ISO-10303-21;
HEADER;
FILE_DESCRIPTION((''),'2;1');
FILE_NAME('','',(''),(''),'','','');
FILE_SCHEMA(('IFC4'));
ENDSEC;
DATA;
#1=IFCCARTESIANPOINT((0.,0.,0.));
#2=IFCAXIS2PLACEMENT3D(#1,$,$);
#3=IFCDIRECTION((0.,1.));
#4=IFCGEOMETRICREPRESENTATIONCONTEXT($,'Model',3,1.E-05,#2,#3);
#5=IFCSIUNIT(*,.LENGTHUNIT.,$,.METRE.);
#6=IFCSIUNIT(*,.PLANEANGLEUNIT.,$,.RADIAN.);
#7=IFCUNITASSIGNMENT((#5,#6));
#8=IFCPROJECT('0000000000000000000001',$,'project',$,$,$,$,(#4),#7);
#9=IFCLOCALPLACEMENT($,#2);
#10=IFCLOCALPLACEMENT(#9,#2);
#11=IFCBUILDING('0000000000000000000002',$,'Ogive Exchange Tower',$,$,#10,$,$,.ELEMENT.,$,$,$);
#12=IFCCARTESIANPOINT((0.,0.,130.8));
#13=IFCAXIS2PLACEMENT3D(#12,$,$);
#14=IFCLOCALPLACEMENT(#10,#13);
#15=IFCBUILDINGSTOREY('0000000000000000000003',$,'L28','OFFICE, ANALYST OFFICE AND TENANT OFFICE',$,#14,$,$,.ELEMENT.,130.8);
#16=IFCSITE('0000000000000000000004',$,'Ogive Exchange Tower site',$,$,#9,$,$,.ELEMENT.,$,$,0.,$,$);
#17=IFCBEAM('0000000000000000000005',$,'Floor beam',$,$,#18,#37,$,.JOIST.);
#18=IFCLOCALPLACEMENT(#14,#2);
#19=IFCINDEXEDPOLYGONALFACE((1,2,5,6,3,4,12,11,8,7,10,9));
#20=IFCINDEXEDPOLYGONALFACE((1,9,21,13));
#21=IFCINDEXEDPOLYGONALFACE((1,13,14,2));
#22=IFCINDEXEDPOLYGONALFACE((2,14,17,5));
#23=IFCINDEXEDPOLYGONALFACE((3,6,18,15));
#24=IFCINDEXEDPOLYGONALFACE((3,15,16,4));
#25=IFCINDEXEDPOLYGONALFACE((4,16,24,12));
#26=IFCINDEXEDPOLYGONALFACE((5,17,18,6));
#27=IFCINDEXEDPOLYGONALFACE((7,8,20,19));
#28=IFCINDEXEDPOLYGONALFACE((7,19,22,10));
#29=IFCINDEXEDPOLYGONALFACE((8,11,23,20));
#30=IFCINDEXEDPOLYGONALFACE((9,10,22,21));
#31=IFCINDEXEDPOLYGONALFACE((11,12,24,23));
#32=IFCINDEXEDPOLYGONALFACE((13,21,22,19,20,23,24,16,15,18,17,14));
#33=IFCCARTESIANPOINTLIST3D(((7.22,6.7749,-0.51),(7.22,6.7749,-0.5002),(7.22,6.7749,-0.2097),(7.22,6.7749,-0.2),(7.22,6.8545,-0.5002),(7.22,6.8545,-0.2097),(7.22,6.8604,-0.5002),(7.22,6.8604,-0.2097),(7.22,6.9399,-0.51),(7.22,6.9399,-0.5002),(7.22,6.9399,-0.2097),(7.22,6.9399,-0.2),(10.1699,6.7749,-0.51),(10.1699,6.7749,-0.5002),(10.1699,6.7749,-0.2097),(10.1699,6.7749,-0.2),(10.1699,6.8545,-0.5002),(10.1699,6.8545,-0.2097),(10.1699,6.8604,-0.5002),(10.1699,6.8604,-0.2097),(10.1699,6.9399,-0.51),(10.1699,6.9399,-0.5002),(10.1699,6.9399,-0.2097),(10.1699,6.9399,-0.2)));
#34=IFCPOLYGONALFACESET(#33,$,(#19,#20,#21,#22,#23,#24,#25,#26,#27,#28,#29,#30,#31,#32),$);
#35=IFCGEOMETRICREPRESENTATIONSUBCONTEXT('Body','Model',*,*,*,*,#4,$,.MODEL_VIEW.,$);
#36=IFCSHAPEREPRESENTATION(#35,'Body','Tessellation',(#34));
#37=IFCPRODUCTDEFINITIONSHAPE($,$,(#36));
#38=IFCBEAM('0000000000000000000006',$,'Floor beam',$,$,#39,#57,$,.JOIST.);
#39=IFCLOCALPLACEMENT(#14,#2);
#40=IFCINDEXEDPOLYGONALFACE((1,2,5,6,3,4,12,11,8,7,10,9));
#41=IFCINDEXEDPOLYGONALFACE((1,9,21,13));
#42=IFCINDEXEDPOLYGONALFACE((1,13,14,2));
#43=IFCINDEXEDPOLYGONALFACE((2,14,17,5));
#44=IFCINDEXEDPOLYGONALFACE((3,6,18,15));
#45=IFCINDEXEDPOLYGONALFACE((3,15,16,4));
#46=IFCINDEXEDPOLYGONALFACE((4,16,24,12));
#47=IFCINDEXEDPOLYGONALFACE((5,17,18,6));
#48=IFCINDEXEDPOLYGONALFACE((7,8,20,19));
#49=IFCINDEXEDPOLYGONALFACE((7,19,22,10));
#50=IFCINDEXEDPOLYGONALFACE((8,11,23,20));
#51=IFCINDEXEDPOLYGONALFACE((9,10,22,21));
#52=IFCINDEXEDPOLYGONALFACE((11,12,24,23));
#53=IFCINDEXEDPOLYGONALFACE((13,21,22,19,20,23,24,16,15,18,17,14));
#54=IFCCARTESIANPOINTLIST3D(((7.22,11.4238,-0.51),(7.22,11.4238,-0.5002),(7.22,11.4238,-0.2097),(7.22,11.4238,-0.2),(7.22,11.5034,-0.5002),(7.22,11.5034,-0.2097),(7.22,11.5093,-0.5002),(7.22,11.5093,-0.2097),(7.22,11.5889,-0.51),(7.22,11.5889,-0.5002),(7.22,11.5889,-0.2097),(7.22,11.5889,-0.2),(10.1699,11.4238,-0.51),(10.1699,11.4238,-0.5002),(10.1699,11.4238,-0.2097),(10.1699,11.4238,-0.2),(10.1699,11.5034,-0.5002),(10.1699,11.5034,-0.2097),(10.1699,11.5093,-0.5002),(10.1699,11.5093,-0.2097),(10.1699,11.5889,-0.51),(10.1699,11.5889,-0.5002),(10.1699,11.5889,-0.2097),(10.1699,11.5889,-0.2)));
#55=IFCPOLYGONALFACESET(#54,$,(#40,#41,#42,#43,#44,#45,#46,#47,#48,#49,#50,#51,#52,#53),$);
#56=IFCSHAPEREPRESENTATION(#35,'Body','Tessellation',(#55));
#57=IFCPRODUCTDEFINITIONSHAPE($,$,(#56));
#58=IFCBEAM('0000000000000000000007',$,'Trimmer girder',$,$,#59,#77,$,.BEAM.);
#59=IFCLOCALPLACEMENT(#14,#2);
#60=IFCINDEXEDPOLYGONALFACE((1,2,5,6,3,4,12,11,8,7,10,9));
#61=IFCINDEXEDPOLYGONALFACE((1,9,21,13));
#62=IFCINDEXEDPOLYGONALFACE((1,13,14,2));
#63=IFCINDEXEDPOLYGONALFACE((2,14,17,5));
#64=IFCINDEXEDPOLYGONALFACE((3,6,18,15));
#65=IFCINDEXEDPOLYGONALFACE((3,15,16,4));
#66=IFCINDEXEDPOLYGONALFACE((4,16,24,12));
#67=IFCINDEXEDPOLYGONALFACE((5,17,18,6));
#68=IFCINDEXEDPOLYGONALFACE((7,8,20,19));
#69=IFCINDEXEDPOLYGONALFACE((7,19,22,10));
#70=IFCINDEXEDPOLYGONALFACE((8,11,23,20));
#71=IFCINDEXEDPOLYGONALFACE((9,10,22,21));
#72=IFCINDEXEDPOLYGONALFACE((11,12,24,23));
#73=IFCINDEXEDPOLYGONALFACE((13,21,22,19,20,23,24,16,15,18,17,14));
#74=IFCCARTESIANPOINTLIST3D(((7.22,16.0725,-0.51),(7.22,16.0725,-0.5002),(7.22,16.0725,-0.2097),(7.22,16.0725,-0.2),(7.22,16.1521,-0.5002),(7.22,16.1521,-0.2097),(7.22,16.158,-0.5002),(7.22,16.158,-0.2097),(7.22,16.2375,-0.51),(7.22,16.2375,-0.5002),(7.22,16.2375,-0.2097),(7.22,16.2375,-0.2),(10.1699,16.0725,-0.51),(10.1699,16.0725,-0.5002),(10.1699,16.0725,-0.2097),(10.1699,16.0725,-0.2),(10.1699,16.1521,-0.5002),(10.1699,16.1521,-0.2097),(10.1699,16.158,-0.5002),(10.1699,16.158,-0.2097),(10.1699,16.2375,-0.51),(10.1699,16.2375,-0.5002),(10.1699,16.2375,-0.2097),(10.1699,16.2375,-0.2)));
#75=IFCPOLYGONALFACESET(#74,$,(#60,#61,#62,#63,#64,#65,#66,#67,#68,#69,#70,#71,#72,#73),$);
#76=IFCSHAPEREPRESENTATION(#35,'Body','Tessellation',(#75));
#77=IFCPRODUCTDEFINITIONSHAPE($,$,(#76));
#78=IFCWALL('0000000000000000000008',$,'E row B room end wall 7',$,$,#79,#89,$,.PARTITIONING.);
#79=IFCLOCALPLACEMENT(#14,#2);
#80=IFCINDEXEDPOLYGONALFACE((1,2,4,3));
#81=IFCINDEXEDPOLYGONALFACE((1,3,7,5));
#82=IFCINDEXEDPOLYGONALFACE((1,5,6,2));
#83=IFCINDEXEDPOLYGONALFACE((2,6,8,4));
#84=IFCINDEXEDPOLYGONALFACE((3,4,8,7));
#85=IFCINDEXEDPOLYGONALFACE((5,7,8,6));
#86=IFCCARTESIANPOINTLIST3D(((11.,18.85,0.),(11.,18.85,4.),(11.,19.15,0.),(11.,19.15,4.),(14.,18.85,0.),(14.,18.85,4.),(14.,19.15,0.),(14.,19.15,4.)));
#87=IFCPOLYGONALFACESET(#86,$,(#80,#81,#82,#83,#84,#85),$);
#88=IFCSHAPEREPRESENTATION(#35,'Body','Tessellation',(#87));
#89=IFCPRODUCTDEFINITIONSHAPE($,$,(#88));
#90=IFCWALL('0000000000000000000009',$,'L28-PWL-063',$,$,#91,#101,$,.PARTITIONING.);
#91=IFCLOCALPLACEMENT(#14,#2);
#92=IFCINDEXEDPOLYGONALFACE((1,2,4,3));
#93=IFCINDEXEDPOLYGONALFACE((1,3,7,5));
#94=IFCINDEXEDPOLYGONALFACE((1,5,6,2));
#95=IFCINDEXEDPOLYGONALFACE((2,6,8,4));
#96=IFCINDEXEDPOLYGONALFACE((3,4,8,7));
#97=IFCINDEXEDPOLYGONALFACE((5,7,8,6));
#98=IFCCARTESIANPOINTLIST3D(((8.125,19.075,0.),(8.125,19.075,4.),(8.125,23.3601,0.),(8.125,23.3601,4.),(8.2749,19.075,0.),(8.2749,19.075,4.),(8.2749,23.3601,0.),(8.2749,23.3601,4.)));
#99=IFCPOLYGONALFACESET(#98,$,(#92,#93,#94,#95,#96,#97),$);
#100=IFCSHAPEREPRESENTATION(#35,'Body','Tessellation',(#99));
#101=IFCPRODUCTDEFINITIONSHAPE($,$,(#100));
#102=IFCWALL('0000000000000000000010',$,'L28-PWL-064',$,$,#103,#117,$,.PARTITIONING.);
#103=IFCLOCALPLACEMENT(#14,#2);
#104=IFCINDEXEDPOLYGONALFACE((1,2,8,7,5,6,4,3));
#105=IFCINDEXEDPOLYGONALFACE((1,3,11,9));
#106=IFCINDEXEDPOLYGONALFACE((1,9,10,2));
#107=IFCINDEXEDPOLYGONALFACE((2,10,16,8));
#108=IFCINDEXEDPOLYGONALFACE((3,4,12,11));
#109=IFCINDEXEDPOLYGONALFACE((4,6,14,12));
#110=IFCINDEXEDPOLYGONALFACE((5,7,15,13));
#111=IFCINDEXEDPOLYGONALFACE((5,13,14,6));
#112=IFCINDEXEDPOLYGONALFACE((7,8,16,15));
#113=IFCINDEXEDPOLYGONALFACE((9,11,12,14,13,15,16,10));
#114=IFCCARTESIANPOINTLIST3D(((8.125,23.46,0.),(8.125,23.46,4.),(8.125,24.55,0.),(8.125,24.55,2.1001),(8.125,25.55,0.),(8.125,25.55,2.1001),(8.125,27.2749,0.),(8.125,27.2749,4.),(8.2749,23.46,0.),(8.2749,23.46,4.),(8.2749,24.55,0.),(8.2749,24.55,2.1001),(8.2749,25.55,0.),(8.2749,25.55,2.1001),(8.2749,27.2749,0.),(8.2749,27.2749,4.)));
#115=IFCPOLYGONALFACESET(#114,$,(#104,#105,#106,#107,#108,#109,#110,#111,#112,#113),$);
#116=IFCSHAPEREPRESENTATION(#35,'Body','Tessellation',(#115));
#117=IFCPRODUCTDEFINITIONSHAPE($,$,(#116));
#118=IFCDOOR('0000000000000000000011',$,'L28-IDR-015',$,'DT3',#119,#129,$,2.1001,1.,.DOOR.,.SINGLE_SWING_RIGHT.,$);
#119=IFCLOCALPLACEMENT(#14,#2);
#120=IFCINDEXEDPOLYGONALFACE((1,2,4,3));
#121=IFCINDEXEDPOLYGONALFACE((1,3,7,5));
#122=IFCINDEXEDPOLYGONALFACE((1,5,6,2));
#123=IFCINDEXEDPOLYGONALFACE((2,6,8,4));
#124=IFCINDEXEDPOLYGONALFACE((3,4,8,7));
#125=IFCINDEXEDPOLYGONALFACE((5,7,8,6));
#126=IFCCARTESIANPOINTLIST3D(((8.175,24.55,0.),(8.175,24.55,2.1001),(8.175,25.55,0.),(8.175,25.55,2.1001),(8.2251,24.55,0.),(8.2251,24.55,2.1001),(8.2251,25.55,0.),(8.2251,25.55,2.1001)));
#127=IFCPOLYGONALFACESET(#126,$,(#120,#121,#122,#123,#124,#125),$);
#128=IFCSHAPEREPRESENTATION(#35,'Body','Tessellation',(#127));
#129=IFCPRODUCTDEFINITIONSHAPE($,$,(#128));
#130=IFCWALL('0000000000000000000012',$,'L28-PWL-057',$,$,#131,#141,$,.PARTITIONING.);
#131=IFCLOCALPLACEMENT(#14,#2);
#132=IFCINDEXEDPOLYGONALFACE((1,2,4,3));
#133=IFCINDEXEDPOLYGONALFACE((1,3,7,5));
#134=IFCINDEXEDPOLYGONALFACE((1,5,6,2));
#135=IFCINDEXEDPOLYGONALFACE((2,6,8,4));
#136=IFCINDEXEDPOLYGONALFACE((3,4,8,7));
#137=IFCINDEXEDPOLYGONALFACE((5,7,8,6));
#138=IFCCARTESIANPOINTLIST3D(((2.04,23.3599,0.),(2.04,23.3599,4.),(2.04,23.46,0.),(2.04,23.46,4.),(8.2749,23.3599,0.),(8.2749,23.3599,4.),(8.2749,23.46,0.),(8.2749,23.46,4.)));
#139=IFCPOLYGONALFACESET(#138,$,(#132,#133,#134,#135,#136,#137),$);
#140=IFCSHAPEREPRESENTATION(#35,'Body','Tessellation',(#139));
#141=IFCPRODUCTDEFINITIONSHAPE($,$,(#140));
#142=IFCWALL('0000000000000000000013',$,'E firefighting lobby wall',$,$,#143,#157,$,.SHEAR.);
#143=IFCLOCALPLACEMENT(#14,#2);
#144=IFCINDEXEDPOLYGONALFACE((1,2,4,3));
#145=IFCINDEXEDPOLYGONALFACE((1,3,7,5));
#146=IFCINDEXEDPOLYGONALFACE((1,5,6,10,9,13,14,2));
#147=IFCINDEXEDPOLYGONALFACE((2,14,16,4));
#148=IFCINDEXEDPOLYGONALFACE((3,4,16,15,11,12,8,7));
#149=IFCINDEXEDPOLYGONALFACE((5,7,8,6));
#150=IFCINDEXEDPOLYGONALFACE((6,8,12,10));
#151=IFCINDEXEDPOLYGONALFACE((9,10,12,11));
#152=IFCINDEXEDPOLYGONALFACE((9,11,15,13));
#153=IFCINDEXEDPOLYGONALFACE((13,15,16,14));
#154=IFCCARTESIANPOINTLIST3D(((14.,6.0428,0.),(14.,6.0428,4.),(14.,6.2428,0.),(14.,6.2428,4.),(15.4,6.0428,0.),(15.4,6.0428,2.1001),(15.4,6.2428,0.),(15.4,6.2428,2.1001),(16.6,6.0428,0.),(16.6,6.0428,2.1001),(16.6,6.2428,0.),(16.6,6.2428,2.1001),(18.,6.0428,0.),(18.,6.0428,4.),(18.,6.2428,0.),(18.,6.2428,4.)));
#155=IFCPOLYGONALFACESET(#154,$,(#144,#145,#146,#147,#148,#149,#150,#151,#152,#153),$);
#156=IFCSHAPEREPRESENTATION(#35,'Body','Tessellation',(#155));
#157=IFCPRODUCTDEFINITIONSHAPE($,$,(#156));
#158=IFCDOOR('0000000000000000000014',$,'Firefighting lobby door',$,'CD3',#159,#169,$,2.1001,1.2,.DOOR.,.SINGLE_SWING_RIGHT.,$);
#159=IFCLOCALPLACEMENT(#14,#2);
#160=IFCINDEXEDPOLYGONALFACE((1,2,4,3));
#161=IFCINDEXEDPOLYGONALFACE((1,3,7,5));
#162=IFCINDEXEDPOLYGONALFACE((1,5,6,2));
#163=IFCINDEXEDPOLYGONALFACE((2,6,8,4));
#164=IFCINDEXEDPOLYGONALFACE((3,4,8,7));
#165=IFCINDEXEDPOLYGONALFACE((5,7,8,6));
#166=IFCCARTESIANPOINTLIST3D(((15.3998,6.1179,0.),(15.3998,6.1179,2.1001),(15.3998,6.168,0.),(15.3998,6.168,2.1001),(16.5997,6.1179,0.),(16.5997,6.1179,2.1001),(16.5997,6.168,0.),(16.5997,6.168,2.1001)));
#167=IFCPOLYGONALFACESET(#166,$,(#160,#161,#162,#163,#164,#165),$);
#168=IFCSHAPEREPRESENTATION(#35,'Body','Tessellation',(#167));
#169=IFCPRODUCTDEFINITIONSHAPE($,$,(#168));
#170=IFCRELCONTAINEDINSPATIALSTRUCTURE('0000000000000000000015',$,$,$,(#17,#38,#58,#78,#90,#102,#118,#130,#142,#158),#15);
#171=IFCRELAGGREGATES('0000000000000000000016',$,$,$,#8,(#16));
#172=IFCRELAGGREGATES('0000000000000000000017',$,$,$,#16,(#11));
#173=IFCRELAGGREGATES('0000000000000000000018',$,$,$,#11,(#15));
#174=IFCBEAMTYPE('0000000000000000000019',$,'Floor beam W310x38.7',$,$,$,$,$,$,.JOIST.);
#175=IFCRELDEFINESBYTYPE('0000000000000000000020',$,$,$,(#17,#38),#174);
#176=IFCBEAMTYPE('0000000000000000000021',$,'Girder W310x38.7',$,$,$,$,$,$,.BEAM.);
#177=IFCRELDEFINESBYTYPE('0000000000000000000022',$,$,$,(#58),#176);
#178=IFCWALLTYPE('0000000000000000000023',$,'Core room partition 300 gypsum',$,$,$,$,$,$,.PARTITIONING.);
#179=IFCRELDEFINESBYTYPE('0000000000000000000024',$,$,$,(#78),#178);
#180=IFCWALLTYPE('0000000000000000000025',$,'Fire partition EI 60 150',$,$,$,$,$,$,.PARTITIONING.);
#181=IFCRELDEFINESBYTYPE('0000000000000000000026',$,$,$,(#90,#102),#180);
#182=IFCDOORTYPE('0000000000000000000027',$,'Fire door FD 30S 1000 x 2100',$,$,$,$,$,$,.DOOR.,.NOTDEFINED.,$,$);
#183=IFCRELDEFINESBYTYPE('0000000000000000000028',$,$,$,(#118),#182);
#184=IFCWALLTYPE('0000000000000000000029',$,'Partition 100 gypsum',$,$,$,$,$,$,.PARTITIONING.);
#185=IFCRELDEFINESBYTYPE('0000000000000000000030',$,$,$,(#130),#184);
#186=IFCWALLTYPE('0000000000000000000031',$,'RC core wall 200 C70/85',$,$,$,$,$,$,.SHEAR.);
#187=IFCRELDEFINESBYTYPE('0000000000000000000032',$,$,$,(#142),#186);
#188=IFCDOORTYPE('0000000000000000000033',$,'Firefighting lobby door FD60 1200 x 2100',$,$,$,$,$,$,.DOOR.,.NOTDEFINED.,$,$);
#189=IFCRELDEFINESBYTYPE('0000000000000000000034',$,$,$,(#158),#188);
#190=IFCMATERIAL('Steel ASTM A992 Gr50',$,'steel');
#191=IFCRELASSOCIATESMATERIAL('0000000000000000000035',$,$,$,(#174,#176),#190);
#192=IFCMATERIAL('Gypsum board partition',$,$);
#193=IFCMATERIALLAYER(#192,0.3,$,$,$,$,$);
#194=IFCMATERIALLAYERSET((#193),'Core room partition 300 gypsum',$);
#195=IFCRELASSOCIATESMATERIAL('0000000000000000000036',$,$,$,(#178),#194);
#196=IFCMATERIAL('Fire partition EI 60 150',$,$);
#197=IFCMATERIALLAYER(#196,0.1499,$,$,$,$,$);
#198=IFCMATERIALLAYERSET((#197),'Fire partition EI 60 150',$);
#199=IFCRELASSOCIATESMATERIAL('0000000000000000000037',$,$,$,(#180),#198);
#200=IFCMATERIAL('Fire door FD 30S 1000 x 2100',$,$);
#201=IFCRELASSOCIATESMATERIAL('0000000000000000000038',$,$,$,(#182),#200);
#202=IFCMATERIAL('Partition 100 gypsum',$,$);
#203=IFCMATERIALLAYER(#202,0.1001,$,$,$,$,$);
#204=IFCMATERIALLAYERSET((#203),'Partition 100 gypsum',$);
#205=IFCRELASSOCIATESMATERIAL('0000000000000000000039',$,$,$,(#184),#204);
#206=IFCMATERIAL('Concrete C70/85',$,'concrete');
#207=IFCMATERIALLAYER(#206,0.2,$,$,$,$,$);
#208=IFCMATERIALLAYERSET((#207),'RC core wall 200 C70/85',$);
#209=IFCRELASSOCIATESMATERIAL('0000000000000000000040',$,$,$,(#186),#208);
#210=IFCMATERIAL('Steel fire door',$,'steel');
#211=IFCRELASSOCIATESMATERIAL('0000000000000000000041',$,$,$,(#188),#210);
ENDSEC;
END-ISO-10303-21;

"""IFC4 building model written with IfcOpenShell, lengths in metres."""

from ifc_helpers import new_model, si_unit, direction, frame, frame_2d, origin, origin_2d, place, context, subcontext, project, spatial, rectangle, i_section, extrude, material, layer, layer_set, material_profile, profile_set, type_object, element, fill, save


model = new_model("IFC4")

# Units and contexts
model_context = context("Model", 3, precision=1e-05, world=origin(), true_north=direction((0.0, 1.0)))
body_context = subcontext(model_context, "Body", "Model", "MODEL_VIEW")
ifc_project = project(units=[si_unit("LENGTHUNIT", "METRE"), si_unit("PLANEANGLEUNIT", "RADIAN")], contexts=[model_context])

# Site, building, storey
site_placement = place(None, origin())
site = spatial("IfcSite", under=ifc_project, at=site_placement, Name="Ogive Exchange Tower site", CompositionType="ELEMENT", RefElevation=0.0)
building_placement = place(site_placement, origin())
building = spatial("IfcBuilding", under=site, at=building_placement, Name="Ogive Exchange Tower", CompositionType="ELEMENT")
storey_placement = place(building_placement, frame((0.0, 0.0, 130.8)))
storey = spatial("IfcBuildingStorey", under=building, at=storey_placement, Name="L28", Description="OFFICE, ANALYST OFFICE AND TENANT OFFICE", CompositionType="ELEMENT", Elevation=130.8)

# Beams
ifc_material_1 = material(Name="Steel ASTM A992 Gr50", Category="steel")
ifc_material_profile_1 = material_profile(ifc_material_1, i_section(OverallWidth=0.165, OverallDepth=0.3101, WebThickness=0.0059, FlangeThickness=0.0098, at=origin_2d()), Name="W310x38.7")
ifc_profile_set_1 = profile_set([ifc_material_profile_1], Name="Steel ASTM A992 Gr50")
beam_type_1 = type_object("IfcBeamType", Name="Floor beam W310x38.7", PredefinedType="JOIST", material=ifc_profile_set_1)
for number, where, z_axis, x_axis, name in (
    (1, (7.22, 6.8574, -0.355), (1.0, 0.0, 0.0), (0.0, 1.0, 0.0), "Floor beam"),
    (2, (7.22, 11.5063, -0.355), (1.0, 0.0, 0.0), (0.0, 1.0, 0.0), "Floor beam"),
):
    element("IfcBeam", number, at=place(storey_placement, frame(where, z_axis=z_axis, x_axis=x_axis)), inside=storey, type_object=beam_type_1, Name=name, PredefinedType="JOIST", context=body_context, shape_type="SweptSolid", body=[
        extrude(i_section(OverallWidth=0.165, OverallDepth=0.3101, WebThickness=0.0059, FlangeThickness=0.0098, at=origin_2d()), origin(), (0.0, 0.0, 1.0), 2.95),
    ])
ifc_material_profile_2 = material_profile(ifc_material_1, i_section(OverallWidth=0.165, OverallDepth=0.3101, WebThickness=0.0059, FlangeThickness=0.0098, at=origin_2d()), Name="W310x38.7")
ifc_profile_set_2 = profile_set([ifc_material_profile_2], Name="Steel ASTM A992 Gr50")
beam_type_2 = type_object("IfcBeamType", Name="Girder W310x38.7", PredefinedType="BEAM", material=ifc_profile_set_2)
beam_placement = place(storey_placement, frame((7.22, 16.155, -0.355), z_axis=(1.0, 0.0, 0.0), x_axis=(0.0, 1.0, 0.0)))
element("IfcBeam", 3, at=beam_placement, inside=storey, type_object=beam_type_2, Name="Trimmer girder", PredefinedType="BEAM", context=body_context, shape_type="SweptSolid", body=[
    extrude(i_section(OverallWidth=0.165, OverallDepth=0.3101, WebThickness=0.0059, FlangeThickness=0.0098, at=origin_2d()), origin(), (0.0, 0.0, 1.0), 2.95),
])

# Walls
ifc_material_2 = material(Name="Gypsum board partition")
ifc_layer_1 = layer(ifc_material_2, 0.3)
ifc_layer_set_1 = layer_set([ifc_layer_1], Name="Core room partition 300 gypsum")
wall_type_1 = type_object("IfcWallType", Name="Core room partition 300 gypsum", PredefinedType="PARTITIONING", material=ifc_layer_set_1)
wall_1_placement = place(storey_placement, frame((11.0, 19.0, 0.0), z_axis=(0.0, 0.0, 1.0), x_axis=(1.0, 0.0, 0.0)))
element("IfcWall", 4, at=wall_1_placement, inside=storey, type_object=wall_type_1, Name="E row B room end wall 7", PredefinedType="PARTITIONING", context=body_context, shape_type="SweptSolid", body=[
    extrude(rectangle(XDim=3.0, YDim=0.3, at=frame_2d((1.5, 0.0))), origin(), (0.0, 0.0, 1.0), 4.0),
])
ifc_material_3 = material(Name="Fire partition EI 60 150")
ifc_layer_2 = layer(ifc_material_3, 0.1499)
ifc_layer_set_2 = layer_set([ifc_layer_2], Name="Fire partition EI 60 150")
wall_type_2 = type_object("IfcWallType", Name="Fire partition EI 60 150", PredefinedType="PARTITIONING", material=ifc_layer_set_2)
wall_2_placement = place(storey_placement, frame((8.2, 19.075, 0.0), z_axis=(0.0, 0.0, 1.0), x_axis=(0.0, 1.0, 0.0)))
element("IfcWall", 5, at=wall_2_placement, inside=storey, type_object=wall_type_2, Name="L28-PWL-063", PredefinedType="PARTITIONING", context=body_context, shape_type="SweptSolid", body=[
    extrude(rectangle(XDim=4.2852, YDim=0.1499, at=frame_2d((2.1426, 0.0))), origin(), (0.0, 0.0, 1.0), 4.0),
])

# Wall, opening, door
wall_3_placement = place(storey_placement, frame((8.2, 23.46, 0.0), z_axis=(0.0, 0.0, 1.0), x_axis=(0.0, 1.0, 0.0)))
wall_3 = element("IfcWall", 6, at=wall_3_placement, inside=storey, type_object=wall_type_2, Name="L28-PWL-064", PredefinedType="PARTITIONING", context=body_context, shape_type="SweptSolid", body=[
    extrude(rectangle(XDim=3.8149, YDim=0.1499, at=frame_2d((1.9075, 0.0))), origin(), (0.0, 0.0, 1.0), 4.0),
])
opening_1_placement = place(wall_3_placement, frame((1.0901, 0.0, 0.0)))
opening_1 = element("IfcOpeningElement", 7, at=opening_1_placement, cuts=wall_3, PredefinedType="OPENING", context=body_context, shape_type="SweptSolid", body=[
    extrude(rectangle(XDim=1.0, YDim=2.1001, at=frame_2d((0.5, 1.05))), frame((0.0, 0.085, 0.0), z_axis=(0.0, -1.0, 0.0), x_axis=(1.0, 0.0, 0.0)), (0.0, 0.0, 1.0), 0.1699),
])
ifc_material_4 = material(Name="Fire door FD 30S 1000 x 2100")
door_type_1 = type_object("IfcDoorType", Name="Fire door FD 30S 1000 x 2100", OperationType="NOTDEFINED", PredefinedType="DOOR", material=ifc_material_4)
door_1_placement = place(opening_1_placement, origin())
door_1 = element("IfcDoor", 8, at=door_1_placement, inside=storey, type_object=door_type_1, Name="L28-IDR-015", ObjectType="DT3", OperationType="SINGLE_SWING_RIGHT", OverallHeight=2.1001, OverallWidth=1.0, PredefinedType="DOOR", context=body_context, shape_type="SweptSolid", body=[
    extrude(rectangle(XDim=1.0, YDim=2.1001, at=frame_2d((0.5, 1.05))), frame((0.0, 0.0249, 0.0), z_axis=(0.0, -1.0, 0.0), x_axis=(1.0, 0.0, 0.0)), (0.0, 0.0, 1.0), 0.05),
])
fill(opening_1, door_1)

# Wall
ifc_material_5 = material(Name="Partition 100 gypsum")
ifc_layer_3 = layer(ifc_material_5, 0.1001)
ifc_layer_set_3 = layer_set([ifc_layer_3], Name="Partition 100 gypsum")
wall_type_3 = type_object("IfcWallType", Name="Partition 100 gypsum", PredefinedType="PARTITIONING", material=ifc_layer_set_3)
wall_4_placement = place(storey_placement, frame((2.04, 23.4099, 0.0), z_axis=(0.0, 0.0, 1.0), x_axis=(1.0, 0.0, 0.0)))
element("IfcWall", 9, at=wall_4_placement, inside=storey, type_object=wall_type_3, Name="L28-PWL-057", PredefinedType="PARTITIONING", context=body_context, shape_type="SweptSolid", body=[
    extrude(rectangle(XDim=6.2349, YDim=0.1001, at=frame_2d((3.1174, 0.0))), origin(), (0.0, 0.0, 1.0), 4.0),
])

# Wall, opening, door
ifc_material_6 = material(Name="Concrete C70/85", Category="concrete")
ifc_layer_4 = layer(ifc_material_6, 0.2)
ifc_layer_set_4 = layer_set([ifc_layer_4], Name="RC core wall 200 C70/85")
wall_type_4 = type_object("IfcWallType", Name="RC core wall 200 C70/85", PredefinedType="SHEAR", material=ifc_layer_set_4)
wall_5_placement = place(storey_placement, frame((14.0, 6.1428, 0.0), z_axis=(0.0, 0.0, 1.0), x_axis=(1.0, 0.0, 0.0)))
wall_5 = element("IfcWall", 10, at=wall_5_placement, inside=storey, type_object=wall_type_4, Name="E firefighting lobby wall", PredefinedType="SHEAR", context=body_context, shape_type="SweptSolid", body=[
    extrude(rectangle(XDim=4.0, YDim=0.2, at=frame_2d((2.0, 0.0))), origin(), (0.0, 0.0, 1.0), 4.0),
])
opening_2_placement = place(wall_5_placement, frame((1.3999, 0.0, 0.0)))
opening_2 = element("IfcOpeningElement", 11, at=opening_2_placement, cuts=wall_5, PredefinedType="OPENING", context=body_context, shape_type="SweptSolid", body=[
    extrude(rectangle(XDim=1.2, YDim=2.1001, at=frame_2d((0.6001, 1.05))), frame((0.0, 0.1099, 0.0), z_axis=(0.0, -1.0, 0.0), x_axis=(1.0, 0.0, 0.0)), (0.0, 0.0, 1.0), 0.22),
])
ifc_material_7 = material(Name="Steel fire door", Category="steel")
door_type_2 = type_object("IfcDoorType", Name="Firefighting lobby door FD60 1200 x 2100", OperationType="NOTDEFINED", PredefinedType="DOOR", material=ifc_material_7)
door_2_placement = place(opening_2_placement, frame((1.2, 0.0, 0.0), z_axis=(0.0, 0.0, 1.0), x_axis=(-1.0, 0.0, 0.0)))
door_2 = element("IfcDoor", 12, at=door_2_placement, inside=storey, type_object=door_type_2, Name="Firefighting lobby door", ObjectType="CD3", OperationType="SINGLE_SWING_RIGHT", OverallHeight=2.1001, OverallWidth=1.2, PredefinedType="DOOR", context=body_context, shape_type="SweptSolid", body=[
    extrude(rectangle(XDim=1.2, YDim=2.1001, at=frame_2d((0.6001, 1.05))), frame((0.0, 0.0249, 0.0), z_axis=(0.0, -1.0, 0.0), x_axis=(1.0, 0.0, 0.0)), (0.0, 0.0, 1.0), 0.05),
])
fill(opening_2, door_2)

save(model, "model.ifc")
